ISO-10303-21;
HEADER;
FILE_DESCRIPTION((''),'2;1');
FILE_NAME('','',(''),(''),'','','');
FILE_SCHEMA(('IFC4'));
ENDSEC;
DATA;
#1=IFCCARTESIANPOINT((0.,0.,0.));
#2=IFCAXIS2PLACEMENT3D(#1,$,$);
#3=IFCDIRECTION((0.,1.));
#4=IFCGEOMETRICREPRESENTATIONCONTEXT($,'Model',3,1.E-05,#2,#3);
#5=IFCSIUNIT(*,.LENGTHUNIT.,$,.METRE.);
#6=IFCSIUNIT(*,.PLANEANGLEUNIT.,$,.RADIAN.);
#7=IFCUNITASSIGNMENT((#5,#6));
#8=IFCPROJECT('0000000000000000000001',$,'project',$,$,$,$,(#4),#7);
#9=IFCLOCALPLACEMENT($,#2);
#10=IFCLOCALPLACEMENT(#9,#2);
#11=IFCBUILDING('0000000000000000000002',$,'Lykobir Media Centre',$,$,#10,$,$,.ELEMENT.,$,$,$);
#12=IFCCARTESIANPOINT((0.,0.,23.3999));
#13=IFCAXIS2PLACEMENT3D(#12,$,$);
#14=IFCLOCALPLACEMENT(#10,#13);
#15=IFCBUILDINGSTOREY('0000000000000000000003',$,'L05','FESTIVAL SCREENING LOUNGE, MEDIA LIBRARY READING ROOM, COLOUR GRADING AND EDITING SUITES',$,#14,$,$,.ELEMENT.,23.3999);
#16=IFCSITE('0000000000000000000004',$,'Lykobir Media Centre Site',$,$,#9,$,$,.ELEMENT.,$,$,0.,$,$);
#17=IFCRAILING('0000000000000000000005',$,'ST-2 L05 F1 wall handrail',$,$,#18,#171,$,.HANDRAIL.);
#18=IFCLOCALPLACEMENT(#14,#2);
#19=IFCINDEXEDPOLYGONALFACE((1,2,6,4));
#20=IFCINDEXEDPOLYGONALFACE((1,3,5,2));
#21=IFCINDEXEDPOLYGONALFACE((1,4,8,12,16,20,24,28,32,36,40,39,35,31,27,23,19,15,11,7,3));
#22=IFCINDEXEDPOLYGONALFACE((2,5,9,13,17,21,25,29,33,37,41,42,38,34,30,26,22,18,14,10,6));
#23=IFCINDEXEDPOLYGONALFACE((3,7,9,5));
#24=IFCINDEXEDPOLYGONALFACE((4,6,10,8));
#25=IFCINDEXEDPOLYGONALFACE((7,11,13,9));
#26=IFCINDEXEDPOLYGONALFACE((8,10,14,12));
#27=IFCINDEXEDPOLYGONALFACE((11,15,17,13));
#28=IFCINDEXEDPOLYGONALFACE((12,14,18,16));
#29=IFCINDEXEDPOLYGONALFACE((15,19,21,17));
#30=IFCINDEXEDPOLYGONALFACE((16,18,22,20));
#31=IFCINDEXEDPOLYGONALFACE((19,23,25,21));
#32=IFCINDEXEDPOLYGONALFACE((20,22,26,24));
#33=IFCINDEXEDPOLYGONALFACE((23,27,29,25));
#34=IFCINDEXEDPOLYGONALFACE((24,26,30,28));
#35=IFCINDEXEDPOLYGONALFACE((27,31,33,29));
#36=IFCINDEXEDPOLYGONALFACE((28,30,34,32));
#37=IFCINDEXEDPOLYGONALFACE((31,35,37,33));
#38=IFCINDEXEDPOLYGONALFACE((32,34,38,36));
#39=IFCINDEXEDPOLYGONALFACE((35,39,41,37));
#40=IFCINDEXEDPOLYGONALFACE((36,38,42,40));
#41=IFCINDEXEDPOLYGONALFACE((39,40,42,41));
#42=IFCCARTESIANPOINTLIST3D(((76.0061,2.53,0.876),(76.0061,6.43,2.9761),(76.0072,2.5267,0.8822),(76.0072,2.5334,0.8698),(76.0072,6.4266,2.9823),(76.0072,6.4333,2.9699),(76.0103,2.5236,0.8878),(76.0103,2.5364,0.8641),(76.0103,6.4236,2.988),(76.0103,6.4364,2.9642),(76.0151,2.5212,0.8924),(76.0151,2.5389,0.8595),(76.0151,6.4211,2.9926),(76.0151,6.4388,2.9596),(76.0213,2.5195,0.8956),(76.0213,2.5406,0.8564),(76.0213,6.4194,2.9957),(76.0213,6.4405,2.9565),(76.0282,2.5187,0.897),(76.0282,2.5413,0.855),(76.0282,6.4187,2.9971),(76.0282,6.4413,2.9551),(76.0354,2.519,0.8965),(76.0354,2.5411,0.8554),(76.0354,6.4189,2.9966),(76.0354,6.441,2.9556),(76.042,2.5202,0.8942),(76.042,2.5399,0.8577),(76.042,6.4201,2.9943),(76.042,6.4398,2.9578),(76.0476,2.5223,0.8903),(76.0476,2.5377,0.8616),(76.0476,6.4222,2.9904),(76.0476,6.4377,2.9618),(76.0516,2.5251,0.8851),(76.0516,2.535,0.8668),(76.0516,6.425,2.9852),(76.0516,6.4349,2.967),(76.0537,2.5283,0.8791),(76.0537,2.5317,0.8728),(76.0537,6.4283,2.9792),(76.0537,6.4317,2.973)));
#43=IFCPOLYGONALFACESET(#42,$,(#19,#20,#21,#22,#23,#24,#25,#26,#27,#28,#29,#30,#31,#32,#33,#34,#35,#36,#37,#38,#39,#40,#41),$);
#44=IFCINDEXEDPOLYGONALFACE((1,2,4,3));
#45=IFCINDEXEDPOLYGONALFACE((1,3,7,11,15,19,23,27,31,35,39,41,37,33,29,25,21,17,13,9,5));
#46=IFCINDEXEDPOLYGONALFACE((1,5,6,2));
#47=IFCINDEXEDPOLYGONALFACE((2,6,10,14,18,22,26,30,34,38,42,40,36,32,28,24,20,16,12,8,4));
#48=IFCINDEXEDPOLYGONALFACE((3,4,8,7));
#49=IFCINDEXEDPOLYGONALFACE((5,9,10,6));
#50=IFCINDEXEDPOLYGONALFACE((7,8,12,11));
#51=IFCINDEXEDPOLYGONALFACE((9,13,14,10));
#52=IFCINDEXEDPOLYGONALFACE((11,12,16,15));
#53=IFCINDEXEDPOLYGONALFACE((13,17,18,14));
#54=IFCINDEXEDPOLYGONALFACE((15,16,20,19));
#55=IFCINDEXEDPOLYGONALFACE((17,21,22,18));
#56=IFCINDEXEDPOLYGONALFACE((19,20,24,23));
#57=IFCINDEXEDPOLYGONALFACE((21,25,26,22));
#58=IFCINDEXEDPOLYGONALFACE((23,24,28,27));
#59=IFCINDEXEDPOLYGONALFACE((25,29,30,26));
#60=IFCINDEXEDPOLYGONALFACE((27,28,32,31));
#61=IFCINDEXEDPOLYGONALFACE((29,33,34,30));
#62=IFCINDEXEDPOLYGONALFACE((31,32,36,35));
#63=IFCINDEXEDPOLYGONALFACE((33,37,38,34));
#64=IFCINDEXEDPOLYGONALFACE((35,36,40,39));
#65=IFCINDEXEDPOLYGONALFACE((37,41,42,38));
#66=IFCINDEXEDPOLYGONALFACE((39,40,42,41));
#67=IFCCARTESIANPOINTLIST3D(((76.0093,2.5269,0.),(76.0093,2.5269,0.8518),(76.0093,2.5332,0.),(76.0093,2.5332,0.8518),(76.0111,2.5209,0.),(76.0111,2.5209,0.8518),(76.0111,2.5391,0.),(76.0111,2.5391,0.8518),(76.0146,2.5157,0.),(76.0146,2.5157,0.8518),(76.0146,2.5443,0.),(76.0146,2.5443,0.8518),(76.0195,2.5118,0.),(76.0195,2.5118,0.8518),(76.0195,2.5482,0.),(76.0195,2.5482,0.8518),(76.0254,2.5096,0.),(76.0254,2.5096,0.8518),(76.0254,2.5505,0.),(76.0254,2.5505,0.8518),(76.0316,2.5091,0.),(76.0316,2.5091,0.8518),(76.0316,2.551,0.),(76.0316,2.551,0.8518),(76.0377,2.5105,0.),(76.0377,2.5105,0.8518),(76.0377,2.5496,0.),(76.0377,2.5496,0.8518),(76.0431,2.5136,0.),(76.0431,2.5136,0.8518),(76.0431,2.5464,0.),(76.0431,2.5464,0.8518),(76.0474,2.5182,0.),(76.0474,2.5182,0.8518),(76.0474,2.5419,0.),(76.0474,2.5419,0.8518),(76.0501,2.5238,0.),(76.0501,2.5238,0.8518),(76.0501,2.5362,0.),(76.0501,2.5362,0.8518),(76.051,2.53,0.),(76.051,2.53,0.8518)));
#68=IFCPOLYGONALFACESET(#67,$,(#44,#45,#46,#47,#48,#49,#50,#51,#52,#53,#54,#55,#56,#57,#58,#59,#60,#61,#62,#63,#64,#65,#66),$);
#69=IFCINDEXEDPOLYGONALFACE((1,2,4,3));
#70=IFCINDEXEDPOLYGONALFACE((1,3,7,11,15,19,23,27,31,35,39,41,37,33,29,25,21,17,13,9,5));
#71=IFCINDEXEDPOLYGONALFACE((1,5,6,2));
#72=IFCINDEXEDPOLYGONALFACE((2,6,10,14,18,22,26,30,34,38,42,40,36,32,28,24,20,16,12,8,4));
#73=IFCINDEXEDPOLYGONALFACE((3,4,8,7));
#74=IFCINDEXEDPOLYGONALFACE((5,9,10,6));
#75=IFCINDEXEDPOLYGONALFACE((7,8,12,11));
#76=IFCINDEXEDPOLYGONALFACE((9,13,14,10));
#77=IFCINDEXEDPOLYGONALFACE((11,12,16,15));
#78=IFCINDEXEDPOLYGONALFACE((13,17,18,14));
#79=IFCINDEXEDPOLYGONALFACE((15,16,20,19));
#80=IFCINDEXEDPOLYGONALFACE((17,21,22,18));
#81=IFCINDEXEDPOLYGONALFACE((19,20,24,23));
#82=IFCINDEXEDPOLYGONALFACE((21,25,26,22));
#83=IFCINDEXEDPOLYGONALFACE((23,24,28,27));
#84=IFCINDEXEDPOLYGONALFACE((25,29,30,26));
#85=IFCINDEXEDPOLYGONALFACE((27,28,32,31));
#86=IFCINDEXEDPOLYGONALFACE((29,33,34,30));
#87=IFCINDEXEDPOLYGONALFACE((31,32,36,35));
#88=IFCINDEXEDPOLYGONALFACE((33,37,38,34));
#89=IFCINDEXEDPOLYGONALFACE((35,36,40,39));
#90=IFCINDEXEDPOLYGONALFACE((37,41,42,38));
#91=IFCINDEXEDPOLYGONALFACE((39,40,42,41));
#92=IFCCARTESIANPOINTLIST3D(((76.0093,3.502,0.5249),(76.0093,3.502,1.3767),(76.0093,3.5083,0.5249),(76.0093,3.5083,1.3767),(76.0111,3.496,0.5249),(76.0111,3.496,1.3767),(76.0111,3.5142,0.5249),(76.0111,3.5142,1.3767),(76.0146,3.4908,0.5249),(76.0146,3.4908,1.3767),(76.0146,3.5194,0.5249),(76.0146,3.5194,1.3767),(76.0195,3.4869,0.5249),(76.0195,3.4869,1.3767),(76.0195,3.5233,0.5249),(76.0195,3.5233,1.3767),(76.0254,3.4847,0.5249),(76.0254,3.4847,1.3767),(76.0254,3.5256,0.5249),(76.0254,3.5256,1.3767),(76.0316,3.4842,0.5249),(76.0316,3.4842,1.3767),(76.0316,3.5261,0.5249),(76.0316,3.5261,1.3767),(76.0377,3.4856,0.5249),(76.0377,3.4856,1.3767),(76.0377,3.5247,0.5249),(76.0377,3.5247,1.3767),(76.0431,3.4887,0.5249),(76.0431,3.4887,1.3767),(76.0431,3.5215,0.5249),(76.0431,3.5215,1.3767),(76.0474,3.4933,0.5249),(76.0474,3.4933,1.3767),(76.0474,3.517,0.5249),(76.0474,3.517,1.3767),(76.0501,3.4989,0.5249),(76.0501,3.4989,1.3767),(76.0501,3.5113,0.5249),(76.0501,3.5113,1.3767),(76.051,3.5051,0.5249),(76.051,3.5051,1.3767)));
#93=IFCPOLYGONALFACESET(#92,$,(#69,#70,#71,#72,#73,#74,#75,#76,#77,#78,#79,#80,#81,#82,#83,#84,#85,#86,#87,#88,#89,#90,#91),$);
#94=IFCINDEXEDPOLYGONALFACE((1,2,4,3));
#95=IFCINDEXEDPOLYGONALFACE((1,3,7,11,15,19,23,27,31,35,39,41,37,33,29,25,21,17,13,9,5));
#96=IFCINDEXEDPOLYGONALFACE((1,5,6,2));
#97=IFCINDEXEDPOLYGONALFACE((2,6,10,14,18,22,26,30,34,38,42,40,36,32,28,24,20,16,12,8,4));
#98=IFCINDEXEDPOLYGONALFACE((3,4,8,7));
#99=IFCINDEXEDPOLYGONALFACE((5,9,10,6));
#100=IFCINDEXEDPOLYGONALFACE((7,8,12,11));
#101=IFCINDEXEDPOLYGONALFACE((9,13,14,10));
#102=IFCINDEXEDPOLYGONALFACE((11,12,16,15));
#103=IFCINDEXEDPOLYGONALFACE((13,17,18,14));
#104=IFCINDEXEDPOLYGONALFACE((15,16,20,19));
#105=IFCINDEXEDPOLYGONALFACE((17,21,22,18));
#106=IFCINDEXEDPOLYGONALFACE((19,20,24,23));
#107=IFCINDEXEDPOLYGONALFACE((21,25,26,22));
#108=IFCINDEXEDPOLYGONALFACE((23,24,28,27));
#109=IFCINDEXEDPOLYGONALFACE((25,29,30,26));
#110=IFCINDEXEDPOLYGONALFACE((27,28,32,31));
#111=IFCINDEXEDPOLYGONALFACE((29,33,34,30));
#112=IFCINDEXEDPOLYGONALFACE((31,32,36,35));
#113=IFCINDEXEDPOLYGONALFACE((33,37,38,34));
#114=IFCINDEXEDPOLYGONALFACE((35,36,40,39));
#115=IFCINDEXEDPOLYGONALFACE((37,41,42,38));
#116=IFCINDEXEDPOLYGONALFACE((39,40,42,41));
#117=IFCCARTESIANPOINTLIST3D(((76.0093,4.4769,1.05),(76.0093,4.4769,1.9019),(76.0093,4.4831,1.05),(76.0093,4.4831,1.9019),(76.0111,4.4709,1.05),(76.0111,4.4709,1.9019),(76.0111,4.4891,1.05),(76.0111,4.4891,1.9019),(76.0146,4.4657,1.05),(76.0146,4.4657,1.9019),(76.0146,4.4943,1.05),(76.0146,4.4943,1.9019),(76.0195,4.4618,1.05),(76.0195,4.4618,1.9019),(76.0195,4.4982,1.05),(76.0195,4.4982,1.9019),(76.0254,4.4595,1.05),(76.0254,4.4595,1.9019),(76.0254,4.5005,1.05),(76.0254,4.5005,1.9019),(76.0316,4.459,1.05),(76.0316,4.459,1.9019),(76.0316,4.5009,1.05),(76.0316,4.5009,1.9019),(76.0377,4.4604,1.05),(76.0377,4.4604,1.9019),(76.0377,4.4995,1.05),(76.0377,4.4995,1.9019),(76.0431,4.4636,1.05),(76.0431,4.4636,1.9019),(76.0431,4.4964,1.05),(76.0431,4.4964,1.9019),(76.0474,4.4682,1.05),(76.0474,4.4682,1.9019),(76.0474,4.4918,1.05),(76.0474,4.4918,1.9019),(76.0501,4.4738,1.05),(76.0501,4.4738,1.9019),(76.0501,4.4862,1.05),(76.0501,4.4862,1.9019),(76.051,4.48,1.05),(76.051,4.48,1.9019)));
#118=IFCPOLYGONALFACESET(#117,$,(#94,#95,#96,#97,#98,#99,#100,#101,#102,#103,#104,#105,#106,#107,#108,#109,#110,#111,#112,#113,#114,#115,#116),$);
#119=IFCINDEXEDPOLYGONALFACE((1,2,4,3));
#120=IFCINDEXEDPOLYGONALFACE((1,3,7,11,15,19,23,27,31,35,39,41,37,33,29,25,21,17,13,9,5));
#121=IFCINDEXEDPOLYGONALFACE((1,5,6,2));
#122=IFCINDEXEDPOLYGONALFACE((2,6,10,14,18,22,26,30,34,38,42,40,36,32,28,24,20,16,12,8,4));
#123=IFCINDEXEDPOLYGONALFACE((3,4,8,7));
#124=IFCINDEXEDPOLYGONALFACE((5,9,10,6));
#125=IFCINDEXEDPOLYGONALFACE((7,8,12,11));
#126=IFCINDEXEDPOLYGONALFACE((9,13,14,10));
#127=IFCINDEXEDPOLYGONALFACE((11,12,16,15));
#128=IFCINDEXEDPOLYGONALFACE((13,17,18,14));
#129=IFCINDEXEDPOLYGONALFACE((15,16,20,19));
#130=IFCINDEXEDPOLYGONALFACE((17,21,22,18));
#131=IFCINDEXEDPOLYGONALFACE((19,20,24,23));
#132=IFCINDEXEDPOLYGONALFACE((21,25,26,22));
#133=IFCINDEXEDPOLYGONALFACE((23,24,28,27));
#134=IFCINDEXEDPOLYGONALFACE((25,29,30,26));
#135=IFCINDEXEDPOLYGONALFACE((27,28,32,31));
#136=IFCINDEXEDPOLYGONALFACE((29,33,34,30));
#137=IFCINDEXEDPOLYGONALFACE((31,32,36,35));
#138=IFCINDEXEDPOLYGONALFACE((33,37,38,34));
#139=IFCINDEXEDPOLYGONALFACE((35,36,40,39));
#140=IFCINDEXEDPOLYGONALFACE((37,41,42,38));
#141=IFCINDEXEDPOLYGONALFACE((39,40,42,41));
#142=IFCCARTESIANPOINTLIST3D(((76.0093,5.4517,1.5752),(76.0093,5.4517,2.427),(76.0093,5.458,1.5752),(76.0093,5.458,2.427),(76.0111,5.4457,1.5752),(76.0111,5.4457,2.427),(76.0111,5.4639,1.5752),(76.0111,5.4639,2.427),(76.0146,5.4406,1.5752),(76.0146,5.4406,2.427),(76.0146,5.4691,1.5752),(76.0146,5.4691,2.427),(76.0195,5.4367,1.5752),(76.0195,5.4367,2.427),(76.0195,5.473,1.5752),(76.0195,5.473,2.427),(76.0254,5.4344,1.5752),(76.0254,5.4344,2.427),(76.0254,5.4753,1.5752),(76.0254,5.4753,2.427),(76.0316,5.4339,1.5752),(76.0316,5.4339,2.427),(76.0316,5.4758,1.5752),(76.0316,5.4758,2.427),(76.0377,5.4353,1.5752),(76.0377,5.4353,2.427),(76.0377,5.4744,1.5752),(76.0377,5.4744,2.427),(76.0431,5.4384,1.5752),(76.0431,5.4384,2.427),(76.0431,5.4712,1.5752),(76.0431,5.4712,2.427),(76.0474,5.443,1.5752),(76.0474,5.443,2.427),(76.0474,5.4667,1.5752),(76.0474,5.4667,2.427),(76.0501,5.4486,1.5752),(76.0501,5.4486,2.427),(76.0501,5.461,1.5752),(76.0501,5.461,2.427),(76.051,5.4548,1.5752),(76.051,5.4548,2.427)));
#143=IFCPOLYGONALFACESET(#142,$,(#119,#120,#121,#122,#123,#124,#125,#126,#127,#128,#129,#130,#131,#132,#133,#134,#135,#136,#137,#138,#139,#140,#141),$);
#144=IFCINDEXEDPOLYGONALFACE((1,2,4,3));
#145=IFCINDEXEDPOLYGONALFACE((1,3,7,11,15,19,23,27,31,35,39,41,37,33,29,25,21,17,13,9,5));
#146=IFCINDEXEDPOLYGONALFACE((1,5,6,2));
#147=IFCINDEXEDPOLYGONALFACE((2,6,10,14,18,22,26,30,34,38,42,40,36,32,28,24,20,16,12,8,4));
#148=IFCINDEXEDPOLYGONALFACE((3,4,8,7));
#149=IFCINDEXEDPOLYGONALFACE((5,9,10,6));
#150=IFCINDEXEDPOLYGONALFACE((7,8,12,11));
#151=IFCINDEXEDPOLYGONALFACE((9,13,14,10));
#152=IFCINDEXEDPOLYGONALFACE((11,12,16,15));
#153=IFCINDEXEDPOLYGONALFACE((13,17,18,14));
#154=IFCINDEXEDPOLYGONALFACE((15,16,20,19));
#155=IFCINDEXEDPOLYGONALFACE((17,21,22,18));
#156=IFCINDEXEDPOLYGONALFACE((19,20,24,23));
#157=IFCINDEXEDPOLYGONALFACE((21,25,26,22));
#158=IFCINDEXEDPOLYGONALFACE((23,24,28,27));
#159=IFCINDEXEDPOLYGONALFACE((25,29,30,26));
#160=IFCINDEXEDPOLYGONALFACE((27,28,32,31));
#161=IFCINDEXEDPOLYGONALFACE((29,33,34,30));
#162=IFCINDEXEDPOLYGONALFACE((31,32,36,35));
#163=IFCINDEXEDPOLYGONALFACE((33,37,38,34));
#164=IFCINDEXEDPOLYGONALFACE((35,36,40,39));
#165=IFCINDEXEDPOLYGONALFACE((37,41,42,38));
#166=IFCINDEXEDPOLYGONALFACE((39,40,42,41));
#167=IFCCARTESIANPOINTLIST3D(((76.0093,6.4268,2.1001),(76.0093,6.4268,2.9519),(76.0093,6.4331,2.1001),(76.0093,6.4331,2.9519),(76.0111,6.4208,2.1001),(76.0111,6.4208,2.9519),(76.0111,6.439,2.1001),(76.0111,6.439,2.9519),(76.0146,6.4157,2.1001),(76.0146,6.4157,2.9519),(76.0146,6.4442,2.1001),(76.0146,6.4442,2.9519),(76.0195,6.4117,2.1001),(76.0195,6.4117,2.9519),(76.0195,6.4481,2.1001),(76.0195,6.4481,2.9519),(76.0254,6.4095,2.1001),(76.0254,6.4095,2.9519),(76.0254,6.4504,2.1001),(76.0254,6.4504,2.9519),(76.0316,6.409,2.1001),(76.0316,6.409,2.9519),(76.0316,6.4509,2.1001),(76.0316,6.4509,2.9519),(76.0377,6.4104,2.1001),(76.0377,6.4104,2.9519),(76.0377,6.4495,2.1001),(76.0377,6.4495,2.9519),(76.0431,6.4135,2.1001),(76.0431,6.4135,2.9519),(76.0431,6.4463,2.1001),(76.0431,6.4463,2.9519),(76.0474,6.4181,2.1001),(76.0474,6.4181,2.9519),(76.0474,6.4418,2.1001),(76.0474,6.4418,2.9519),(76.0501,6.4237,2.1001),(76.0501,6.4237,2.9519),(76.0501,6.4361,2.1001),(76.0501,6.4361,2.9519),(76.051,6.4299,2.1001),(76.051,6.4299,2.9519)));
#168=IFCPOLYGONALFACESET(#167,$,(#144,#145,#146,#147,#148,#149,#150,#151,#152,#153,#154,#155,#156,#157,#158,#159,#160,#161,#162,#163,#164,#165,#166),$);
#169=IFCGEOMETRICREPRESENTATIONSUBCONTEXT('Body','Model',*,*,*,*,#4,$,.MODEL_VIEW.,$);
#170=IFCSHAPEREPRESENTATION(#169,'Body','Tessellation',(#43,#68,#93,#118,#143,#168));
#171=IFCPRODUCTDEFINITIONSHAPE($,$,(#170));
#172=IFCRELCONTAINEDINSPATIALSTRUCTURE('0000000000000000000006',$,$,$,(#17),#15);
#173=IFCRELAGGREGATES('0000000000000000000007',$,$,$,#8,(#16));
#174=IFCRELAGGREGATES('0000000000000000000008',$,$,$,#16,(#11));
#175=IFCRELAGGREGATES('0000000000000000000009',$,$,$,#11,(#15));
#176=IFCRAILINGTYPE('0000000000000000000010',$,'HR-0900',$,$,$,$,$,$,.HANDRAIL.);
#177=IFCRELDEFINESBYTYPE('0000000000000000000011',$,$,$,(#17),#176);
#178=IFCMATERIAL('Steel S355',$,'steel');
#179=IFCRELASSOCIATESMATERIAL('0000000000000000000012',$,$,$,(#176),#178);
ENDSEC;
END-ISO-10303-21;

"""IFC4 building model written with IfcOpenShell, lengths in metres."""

from ifc_helpers import new_model, si_unit, direction, frame, origin, origin_2d, place, context, subcontext, project, spatial, circle, extrude, material, type_object, element, save


model = new_model("IFC4")

# Units and contexts
model_context = context("Model", 3, precision=1e-05, world=origin(), true_north=direction((0.0, 1.0)))
body_context = subcontext(model_context, "Body", "Model", "MODEL_VIEW")
ifc_project = project(units=[si_unit("LENGTHUNIT", "METRE"), si_unit("PLANEANGLEUNIT", "RADIAN")], contexts=[model_context])

# Site, building, storey
site_placement = place(None, origin())
site = spatial("IfcSite", under=ifc_project, at=site_placement, Name="Lykobir Media Centre Site", CompositionType="ELEMENT", RefElevation=0.0)
building_placement = place(site_placement, origin())
building = spatial("IfcBuilding", under=site, at=building_placement, Name="Lykobir Media Centre", CompositionType="ELEMENT")
storey_placement = place(building_placement, frame((0.0, 0.0, 23.3999)))
storey = spatial("IfcBuildingStorey", under=building, at=storey_placement, Name="L05", Description="FESTIVAL SCREENING LOUNGE, MEDIA LIBRARY READING ROOM, COLOUR GRADING AND EDITING SUITES", CompositionType="ELEMENT", Elevation=23.3999)

# Shared definitions
ifc_material_1 = material(Name="Steel S355", Category="steel")

# Railing
railing_type_1 = type_object("IfcRailingType", Name="HR-0900", PredefinedType="HANDRAIL", material=ifc_material_1)
railing_1_placement = place(storey_placement, frame((76.03, 2.53, 0.0)))
element("IfcRailing", 1, at=railing_1_placement, inside=storey, type_object=railing_type_1, Name="ST-2 L05 F1 wall handrail", PredefinedType="HANDRAIL", context=body_context, shape_type="SweptSolid", body=[
    extrude(circle(Radius=0.0239, at=origin_2d()), frame((0.0, 0.0, 0.876), z_axis=(0.0, 0.880457, 0.474126), x_axis=(-1.0, 0.0, 0.0)), (0.0, 0.0, 1.0), 4.4294),
    extrude(circle(Radius=0.021, at=origin_2d()), origin(), (0.0, 0.0, 1.0), 0.8518),
    extrude(circle(Radius=0.021, at=origin_2d()), frame((0.0, 0.9751, 0.5249)), (0.0, 0.0, 1.0), 0.8518),
    extrude(circle(Radius=0.021, at=origin_2d()), frame((0.0, 1.95, 1.05)), (0.0, 0.0, 1.0), 0.8518),
    extrude(circle(Radius=0.021, at=origin_2d()), frame((0.0, 2.9248, 1.5752)), (0.0, 0.0, 1.0), 0.8518),
    extrude(circle(Radius=0.021, at=origin_2d()), frame((0.0, 3.8999, 2.1001)), (0.0, 0.0, 1.0), 0.8518),
])

save(model, "model.ifc")
